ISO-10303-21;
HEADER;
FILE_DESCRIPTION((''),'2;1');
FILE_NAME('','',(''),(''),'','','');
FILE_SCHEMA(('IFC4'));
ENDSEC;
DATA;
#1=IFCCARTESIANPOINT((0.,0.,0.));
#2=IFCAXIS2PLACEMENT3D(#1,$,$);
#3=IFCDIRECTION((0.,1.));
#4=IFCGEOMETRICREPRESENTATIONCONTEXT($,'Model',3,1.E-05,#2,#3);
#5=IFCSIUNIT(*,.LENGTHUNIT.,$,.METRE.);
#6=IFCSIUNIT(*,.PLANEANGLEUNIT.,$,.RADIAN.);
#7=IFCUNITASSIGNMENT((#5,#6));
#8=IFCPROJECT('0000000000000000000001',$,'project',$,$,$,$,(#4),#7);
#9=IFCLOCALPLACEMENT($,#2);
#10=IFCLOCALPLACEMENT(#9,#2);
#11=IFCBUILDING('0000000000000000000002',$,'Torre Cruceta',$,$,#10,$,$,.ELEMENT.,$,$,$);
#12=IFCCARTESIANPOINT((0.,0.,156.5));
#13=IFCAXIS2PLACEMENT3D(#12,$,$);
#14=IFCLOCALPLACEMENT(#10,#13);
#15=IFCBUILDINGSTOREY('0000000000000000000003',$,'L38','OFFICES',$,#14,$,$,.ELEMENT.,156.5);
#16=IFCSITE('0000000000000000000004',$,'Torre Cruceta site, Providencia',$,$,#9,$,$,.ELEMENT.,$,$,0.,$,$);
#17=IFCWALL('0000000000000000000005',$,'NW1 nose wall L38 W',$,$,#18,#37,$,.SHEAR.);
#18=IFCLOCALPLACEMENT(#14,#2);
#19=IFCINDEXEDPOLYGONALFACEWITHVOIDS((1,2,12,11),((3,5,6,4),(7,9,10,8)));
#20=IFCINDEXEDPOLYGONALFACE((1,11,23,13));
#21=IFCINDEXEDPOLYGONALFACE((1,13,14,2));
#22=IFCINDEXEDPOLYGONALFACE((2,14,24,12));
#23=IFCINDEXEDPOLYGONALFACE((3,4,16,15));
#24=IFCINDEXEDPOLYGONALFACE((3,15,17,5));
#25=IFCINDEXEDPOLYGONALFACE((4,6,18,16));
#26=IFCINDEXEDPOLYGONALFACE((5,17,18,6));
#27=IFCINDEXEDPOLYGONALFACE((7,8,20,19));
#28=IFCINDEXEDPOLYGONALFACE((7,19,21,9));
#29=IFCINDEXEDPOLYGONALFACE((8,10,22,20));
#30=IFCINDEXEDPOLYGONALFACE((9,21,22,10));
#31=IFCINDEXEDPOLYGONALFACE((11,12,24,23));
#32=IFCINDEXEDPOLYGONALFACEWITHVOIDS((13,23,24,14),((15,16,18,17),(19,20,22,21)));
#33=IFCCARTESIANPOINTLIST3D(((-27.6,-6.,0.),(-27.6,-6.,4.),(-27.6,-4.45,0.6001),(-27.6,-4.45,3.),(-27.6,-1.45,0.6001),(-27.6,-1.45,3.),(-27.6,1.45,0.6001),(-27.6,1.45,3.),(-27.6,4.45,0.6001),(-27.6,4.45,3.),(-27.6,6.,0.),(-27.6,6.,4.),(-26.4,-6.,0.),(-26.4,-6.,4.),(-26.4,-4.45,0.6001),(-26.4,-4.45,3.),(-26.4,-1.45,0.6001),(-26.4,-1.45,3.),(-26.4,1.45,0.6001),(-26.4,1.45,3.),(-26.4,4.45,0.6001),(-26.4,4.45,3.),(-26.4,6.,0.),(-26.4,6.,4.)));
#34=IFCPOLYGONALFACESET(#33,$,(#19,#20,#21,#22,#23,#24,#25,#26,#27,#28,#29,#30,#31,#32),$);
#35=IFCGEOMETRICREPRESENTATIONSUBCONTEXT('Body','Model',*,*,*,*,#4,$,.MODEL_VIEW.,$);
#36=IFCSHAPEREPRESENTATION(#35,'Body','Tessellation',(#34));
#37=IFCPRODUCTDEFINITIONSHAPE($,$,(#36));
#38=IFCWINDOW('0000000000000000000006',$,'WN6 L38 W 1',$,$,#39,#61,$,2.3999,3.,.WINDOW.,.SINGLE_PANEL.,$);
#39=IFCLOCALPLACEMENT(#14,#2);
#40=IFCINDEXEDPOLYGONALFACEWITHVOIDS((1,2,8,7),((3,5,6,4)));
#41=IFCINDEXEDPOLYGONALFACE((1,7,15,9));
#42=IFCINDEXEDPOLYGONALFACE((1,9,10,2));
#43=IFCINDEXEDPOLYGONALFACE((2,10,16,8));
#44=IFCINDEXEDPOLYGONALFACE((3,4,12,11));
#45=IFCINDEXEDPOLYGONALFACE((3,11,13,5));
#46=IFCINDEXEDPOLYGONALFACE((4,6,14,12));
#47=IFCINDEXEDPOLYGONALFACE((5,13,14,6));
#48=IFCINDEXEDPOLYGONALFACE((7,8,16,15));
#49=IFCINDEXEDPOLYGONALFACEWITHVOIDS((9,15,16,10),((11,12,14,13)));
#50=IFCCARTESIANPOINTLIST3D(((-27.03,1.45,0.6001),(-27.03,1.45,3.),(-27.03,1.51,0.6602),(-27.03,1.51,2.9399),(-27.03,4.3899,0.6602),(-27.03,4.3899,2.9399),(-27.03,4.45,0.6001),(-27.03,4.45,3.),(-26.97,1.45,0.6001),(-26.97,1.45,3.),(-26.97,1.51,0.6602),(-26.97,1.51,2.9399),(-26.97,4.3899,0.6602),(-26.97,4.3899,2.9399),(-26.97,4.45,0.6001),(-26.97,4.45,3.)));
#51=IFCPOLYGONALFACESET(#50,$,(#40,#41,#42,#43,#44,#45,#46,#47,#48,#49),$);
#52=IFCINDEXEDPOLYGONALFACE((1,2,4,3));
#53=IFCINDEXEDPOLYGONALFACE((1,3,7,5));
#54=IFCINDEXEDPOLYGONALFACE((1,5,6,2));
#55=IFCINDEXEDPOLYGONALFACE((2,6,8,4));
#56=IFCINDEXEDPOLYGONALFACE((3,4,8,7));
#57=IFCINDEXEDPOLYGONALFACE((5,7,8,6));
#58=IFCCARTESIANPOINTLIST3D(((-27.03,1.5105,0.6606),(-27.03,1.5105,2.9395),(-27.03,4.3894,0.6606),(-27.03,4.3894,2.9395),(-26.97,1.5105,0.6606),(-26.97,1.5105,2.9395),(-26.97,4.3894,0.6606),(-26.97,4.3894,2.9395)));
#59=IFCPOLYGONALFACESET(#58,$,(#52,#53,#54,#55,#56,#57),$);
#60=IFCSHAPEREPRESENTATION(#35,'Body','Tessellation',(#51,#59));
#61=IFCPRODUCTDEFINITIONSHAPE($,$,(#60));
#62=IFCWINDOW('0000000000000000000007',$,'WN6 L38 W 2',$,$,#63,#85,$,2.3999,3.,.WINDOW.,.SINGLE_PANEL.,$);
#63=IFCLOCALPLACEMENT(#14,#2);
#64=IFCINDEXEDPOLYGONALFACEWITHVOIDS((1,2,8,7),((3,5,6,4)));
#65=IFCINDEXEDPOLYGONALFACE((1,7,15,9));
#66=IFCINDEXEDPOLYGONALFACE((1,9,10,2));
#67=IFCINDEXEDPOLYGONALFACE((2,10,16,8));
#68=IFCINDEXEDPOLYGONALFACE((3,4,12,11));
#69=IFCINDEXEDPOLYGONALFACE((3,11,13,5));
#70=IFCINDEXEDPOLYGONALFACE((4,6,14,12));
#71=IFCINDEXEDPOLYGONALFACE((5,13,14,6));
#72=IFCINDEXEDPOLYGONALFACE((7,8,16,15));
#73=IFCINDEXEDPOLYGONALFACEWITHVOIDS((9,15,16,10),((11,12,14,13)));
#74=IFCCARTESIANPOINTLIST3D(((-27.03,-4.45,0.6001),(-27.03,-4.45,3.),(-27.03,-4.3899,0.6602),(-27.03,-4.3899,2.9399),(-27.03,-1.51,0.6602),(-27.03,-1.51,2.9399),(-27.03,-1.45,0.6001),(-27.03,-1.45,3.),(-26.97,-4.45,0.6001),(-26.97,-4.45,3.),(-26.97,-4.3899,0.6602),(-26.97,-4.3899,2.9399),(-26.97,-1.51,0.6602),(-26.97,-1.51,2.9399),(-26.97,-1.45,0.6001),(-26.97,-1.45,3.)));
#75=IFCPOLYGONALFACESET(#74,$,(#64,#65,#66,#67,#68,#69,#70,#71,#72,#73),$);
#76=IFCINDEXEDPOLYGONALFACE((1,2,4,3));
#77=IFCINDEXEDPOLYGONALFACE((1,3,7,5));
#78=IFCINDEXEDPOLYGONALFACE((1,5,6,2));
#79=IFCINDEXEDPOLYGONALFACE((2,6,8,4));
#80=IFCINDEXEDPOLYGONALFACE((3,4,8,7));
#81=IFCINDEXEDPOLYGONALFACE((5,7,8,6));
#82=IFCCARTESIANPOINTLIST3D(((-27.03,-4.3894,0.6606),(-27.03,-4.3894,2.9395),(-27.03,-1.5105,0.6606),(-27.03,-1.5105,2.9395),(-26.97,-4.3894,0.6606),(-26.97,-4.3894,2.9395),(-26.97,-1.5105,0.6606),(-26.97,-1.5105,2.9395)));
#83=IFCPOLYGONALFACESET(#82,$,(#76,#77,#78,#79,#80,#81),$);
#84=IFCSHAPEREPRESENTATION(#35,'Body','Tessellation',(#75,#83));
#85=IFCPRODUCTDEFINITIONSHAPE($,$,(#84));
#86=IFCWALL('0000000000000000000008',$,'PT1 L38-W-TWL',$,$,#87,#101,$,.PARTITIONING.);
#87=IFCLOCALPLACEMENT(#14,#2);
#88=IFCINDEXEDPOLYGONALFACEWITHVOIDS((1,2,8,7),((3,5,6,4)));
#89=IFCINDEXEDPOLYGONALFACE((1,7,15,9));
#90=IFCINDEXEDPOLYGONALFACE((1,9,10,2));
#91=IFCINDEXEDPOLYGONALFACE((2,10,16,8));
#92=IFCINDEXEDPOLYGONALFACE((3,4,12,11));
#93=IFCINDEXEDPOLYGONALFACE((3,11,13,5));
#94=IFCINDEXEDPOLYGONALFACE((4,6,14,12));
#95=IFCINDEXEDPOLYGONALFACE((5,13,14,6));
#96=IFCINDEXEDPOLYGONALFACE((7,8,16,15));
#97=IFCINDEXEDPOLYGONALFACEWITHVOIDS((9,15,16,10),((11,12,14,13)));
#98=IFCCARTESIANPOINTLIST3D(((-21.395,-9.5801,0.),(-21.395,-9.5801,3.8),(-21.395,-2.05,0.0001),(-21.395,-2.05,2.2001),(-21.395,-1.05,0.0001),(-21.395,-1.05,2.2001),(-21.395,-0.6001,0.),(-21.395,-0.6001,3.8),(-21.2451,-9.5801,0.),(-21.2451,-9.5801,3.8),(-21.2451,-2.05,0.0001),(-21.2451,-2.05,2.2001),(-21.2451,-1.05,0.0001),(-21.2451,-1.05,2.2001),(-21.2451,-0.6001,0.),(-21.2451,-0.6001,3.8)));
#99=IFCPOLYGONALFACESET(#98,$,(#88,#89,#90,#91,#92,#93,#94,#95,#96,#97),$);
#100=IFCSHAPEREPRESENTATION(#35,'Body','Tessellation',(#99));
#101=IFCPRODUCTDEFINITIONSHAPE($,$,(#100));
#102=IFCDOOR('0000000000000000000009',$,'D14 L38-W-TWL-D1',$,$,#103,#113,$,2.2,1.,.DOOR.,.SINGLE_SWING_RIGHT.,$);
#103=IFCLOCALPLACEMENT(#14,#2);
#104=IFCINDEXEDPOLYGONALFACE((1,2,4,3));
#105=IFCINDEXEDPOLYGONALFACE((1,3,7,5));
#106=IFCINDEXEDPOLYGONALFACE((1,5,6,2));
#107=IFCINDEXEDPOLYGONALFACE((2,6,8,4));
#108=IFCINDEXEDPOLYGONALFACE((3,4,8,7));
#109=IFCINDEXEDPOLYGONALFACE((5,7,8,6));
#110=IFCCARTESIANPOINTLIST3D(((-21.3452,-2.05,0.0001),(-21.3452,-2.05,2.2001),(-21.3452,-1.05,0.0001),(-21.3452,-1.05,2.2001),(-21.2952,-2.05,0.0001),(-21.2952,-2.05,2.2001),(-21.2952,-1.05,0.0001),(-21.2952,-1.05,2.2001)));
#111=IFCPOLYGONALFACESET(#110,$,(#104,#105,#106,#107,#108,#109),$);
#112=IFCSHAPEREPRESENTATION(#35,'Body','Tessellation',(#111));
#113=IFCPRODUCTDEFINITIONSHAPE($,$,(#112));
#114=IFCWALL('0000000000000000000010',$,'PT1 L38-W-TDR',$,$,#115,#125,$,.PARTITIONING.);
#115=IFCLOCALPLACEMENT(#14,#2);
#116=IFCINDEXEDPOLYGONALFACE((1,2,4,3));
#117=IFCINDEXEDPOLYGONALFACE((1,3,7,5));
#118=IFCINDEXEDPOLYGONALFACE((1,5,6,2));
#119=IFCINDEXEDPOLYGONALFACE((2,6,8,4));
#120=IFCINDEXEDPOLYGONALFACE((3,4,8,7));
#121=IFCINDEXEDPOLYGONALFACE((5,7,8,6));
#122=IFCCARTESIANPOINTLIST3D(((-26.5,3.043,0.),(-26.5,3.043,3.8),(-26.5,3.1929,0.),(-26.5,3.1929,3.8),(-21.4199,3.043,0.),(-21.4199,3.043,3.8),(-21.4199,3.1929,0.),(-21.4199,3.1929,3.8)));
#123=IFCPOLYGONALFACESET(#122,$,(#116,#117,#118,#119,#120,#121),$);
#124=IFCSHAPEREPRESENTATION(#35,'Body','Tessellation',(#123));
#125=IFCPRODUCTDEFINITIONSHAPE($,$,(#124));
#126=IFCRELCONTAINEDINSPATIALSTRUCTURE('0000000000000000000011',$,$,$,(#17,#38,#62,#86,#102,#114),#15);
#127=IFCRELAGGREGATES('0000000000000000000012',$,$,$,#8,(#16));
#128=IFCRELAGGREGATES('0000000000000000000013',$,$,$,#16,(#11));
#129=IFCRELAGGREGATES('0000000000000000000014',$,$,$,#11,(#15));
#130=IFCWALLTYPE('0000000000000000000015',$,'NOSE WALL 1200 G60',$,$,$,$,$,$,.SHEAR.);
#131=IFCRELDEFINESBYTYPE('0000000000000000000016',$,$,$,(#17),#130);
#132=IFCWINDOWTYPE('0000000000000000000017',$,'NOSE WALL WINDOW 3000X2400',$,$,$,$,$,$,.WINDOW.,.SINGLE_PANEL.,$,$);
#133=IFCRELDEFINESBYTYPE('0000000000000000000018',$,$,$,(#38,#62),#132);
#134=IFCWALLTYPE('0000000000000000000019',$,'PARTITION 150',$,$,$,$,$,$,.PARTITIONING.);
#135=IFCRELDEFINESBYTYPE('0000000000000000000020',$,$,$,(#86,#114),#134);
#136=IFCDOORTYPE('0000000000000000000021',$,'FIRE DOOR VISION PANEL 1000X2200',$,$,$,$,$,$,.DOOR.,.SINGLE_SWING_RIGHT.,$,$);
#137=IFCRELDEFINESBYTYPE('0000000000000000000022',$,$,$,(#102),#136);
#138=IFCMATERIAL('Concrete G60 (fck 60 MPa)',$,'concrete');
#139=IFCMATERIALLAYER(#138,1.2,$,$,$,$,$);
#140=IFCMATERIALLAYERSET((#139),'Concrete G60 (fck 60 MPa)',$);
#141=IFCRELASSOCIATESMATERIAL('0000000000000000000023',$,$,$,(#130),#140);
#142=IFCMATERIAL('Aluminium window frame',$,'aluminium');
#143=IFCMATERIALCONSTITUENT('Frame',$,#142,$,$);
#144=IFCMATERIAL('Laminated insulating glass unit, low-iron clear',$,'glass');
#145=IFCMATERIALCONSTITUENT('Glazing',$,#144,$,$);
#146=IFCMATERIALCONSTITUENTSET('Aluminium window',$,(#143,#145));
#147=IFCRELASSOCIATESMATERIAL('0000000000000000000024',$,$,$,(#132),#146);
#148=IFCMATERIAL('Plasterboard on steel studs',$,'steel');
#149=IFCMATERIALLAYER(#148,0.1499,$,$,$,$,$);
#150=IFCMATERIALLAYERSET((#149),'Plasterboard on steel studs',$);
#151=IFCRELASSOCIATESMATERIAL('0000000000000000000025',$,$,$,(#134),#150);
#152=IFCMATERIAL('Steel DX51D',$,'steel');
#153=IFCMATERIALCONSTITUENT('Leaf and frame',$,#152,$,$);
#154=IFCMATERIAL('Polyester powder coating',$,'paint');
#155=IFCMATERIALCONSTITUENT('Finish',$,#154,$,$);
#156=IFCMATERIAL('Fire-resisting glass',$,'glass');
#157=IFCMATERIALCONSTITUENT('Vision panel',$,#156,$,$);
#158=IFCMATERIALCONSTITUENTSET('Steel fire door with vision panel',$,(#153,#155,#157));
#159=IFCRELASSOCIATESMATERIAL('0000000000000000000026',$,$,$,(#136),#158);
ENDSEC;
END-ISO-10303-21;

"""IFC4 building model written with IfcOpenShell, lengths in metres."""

from ifc_helpers import new_model, si_unit, direction, frame, frame_2d, origin, place, context, subcontext, project, spatial, rectangle, hollow_rectangle, extrude, material, layer, layer_set, constituent, constituent_set, type_object, element, fill, save


model = new_model("IFC4")

# Units and contexts
model_context = context("Model", 3, precision=1e-05, world=origin(), true_north=direction((0.0, 1.0)))
body_context = subcontext(model_context, "Body", "Model", "MODEL_VIEW")
ifc_project = project(units=[si_unit("LENGTHUNIT", "METRE"), si_unit("PLANEANGLEUNIT", "RADIAN")], contexts=[model_context])

# Site, building, storey
site_placement = place(None, origin())
site = spatial("IfcSite", under=ifc_project, at=site_placement, Name="Torre Cruceta site, Providencia", CompositionType="ELEMENT", RefElevation=0.0)
building_placement = place(site_placement, origin())
building = spatial("IfcBuilding", under=site, at=building_placement, Name="Torre Cruceta", CompositionType="ELEMENT")
storey_placement = place(building_placement, frame((0.0, 0.0, 156.5)))
storey = spatial("IfcBuildingStorey", under=building, at=storey_placement, Name="L38", Description="OFFICES", CompositionType="ELEMENT", Elevation=156.5)

# Wall, openings, windows
ifc_material_1 = material(Name="Concrete G60 (fck 60 MPa)", Category="concrete")
ifc_layer_1 = layer(ifc_material_1, 1.2)
ifc_layer_set_1 = layer_set([ifc_layer_1], Name="Concrete G60 (fck 60 MPa)")
wall_type_1 = type_object("IfcWallType", Name="NOSE WALL 1200 G60", PredefinedType="SHEAR", material=ifc_layer_set_1)
wall_1_placement = place(storey_placement, frame((-27.0, 6.0, 0.0), z_axis=(0.0, 0.0, 1.0), x_axis=(0.0, -1.0, 0.0)))
wall_1 = element("IfcWall", 1, at=wall_1_placement, inside=storey, type_object=wall_type_1, Name="NW1 nose wall L38 W", PredefinedType="SHEAR", context=body_context, shape_type="SweptSolid", body=[
    extrude(rectangle(XDim=12.0, YDim=1.2, at=frame_2d((6.0, 0.0))), origin(), (0.0, 0.0, 1.0), 4.0),
])
opening_1_placement = place(wall_1_placement, frame((1.55, 0.0, 0.6001)))
opening_1 = element("IfcOpeningElement", 2, at=opening_1_placement, cuts=wall_1, PredefinedType="OPENING", context=body_context, shape_type="SweptSolid", body=[
    extrude(rectangle(XDim=3.0, YDim=2.3999, at=frame_2d((1.5, 1.2))), frame((0.0, 0.6099, 0.0), z_axis=(0.0, -1.0, 0.0), x_axis=(1.0, 0.0, 0.0)), (0.0, 0.0, 1.0), 1.22),
])
opening_2_placement = place(wall_1_placement, frame((7.45, 0.0, 0.6001)))
opening_2 = element("IfcOpeningElement", 3, at=opening_2_placement, cuts=wall_1, PredefinedType="OPENING", context=body_context, shape_type="SweptSolid", body=[
    extrude(rectangle(XDim=3.0, YDim=2.3999, at=frame_2d((1.5, 1.2))), frame((0.0, 0.6099, 0.0), z_axis=(0.0, -1.0, 0.0), x_axis=(1.0, 0.0, 0.0)), (0.0, 0.0, 1.0), 1.22),
])
ifc_material_2 = material(Name="Aluminium window frame", Category="aluminium")
ifc_constituent_1 = constituent(ifc_material_2, Name="Frame")
ifc_material_3 = material(Name="Laminated insulating glass unit, low-iron clear", Category="glass")
ifc_constituent_2 = constituent(ifc_material_3, Name="Glazing")
ifc_constituent_set_1 = constituent_set(constituents=[ifc_constituent_1, ifc_constituent_2], Name="Aluminium window")
window_type_1 = type_object("IfcWindowType", Name="NOSE WALL WINDOW 3000X2400", PartitioningType="SINGLE_PANEL", PredefinedType="WINDOW", material=ifc_constituent_set_1)
window_1_placement = place(opening_1_placement, origin())
window_1 = element("IfcWindow", 4, at=window_1_placement, inside=storey, type_object=window_type_1, Name="WN6 L38 W 1", OverallHeight=2.3999, OverallWidth=3.0, PartitioningType="SINGLE_PANEL", PredefinedType="WINDOW", context=body_context, shape_type="SweptSolid", body=[
    extrude(hollow_rectangle(XDim=3.0, YDim=2.3999, WallThickness=0.0601, at=frame_2d((1.5, 1.2))), frame((0.0, 0.03, 0.0), z_axis=(0.0, -1.0, 0.0), x_axis=(1.0, 0.0, 0.0)), (0.0, 0.0, 1.0), 0.0601),
    extrude(rectangle(XDim=2.8789, YDim=2.2788, at=frame_2d((1.5, 1.2))), frame((0.0, 0.03, 0.0), z_axis=(0.0, -1.0, 0.0), x_axis=(1.0, 0.0, 0.0)), (0.0, 0.0, 1.0), 0.0601),
])
fill(opening_1, window_1)
window_2_placement = place(opening_2_placement, origin())
window_2 = element("IfcWindow", 5, at=window_2_placement, inside=storey, type_object=window_type_1, Name="WN6 L38 W 2", OverallHeight=2.3999, OverallWidth=3.0, PartitioningType="SINGLE_PANEL", PredefinedType="WINDOW", context=body_context, shape_type="SweptSolid", body=[
    extrude(hollow_rectangle(XDim=3.0, YDim=2.3999, WallThickness=0.0601, at=frame_2d((1.5, 1.2))), frame((0.0, 0.03, 0.0), z_axis=(0.0, -1.0, 0.0), x_axis=(1.0, 0.0, 0.0)), (0.0, 0.0, 1.0), 0.0601),
    extrude(rectangle(XDim=2.8789, YDim=2.2788, at=frame_2d((1.5, 1.2))), frame((0.0, 0.03, 0.0), z_axis=(0.0, -1.0, 0.0), x_axis=(1.0, 0.0, 0.0)), (0.0, 0.0, 1.0), 0.0601),
])
fill(opening_2, window_2)

# Wall, opening, door
ifc_material_4 = material(Name="Plasterboard on steel studs", Category="steel")
ifc_layer_2 = layer(ifc_material_4, 0.1499)
ifc_layer_set_2 = layer_set([ifc_layer_2], Name="Plasterboard on steel studs")
wall_type_2 = type_object("IfcWallType", Name="PARTITION 150", PredefinedType="PARTITIONING", material=ifc_layer_set_2)
wall_2_placement = place(storey_placement, frame((-21.3201, -0.6001, 0.0), z_axis=(0.0, 0.0, 1.0), x_axis=(0.0, -1.0, 0.0)))
wall_2 = element("IfcWall", 6, at=wall_2_placement, inside=storey, type_object=wall_type_2, Name="PT1 L38-W-TWL", PredefinedType="PARTITIONING", context=body_context, shape_type="SweptSolid", body=[
    extrude(rectangle(XDim=8.98, YDim=0.1499, at=frame_2d((4.49, 0.0))), origin(), (0.0, 0.0, 1.0), 3.8),
])
opening_3_placement = place(wall_2_placement, frame((0.45, 0.0, 0.0)))
opening_3 = element("IfcOpeningElement", 7, at=opening_3_placement, cuts=wall_2, PredefinedType="OPENING", context=body_context, shape_type="SweptSolid", body=[
    extrude(rectangle(XDim=1.0, YDim=2.2, at=frame_2d((0.5, 1.1001))), frame((0.0, 0.085, 0.0), z_axis=(0.0, -1.0, 0.0), x_axis=(1.0, 0.0, 0.0)), (0.0, 0.0, 1.0), 0.1699),
])
ifc_material_5 = material(Name="Steel DX51D", Category="steel")
ifc_constituent_3 = constituent(ifc_material_5, Name="Leaf and frame")
ifc_material_6 = material(Name="Polyester powder coating", Category="paint")
ifc_constituent_4 = constituent(ifc_material_6, Name="Finish")
ifc_material_7 = material(Name="Fire-resisting glass", Category="glass")
ifc_constituent_5 = constituent(ifc_material_7, Name="Vision panel")
ifc_constituent_set_2 = constituent_set(constituents=[ifc_constituent_3, ifc_constituent_4, ifc_constituent_5], Name="Steel fire door with vision panel")
door_type = type_object("IfcDoorType", Name="FIRE DOOR VISION PANEL 1000X2200", OperationType="SINGLE_SWING_RIGHT", PredefinedType="DOOR", material=ifc_constituent_set_2)
door_1_placement = place(opening_3_placement, frame((1.0, 0.0, 0.0), z_axis=(0.0, 0.0, 1.0), x_axis=(-1.0, 0.0, 0.0)))
door_1 = element("IfcDoor", 8, at=door_1_placement, inside=storey, type_object=door_type, Name="D14 L38-W-TWL-D1", OperationType="SINGLE_SWING_RIGHT", OverallHeight=2.2, OverallWidth=1.0, PredefinedType="DOOR", context=body_context, shape_type="SweptSolid", body=[
    extrude(rectangle(XDim=1.0, YDim=2.2, at=frame_2d((0.5, 1.1001))), frame((0.0, 0.0251, 0.0), z_axis=(0.0, -1.0, 0.0), x_axis=(1.0, 0.0, 0.0)), (0.0, 0.0, 1.0), 0.05),
])
fill(opening_3, door_1)

# Wall
wall_3_placement = place(storey_placement, frame((-21.4199, 3.1179, 0.0), z_axis=(0.0, 0.0, 1.0), x_axis=(-1.0, 0.0, 0.0)))
element("IfcWall", 9, at=wall_3_placement, inside=storey, type_object=wall_type_2, Name="PT1 L38-W-TDR", PredefinedType="PARTITIONING", context=body_context, shape_type="SweptSolid", body=[
    extrude(rectangle(XDim=5.0801, YDim=0.1499, at=frame_2d((2.54, 0.0))), origin(), (0.0, 0.0, 1.0), 3.8),
])

save(model, "model.ifc")
